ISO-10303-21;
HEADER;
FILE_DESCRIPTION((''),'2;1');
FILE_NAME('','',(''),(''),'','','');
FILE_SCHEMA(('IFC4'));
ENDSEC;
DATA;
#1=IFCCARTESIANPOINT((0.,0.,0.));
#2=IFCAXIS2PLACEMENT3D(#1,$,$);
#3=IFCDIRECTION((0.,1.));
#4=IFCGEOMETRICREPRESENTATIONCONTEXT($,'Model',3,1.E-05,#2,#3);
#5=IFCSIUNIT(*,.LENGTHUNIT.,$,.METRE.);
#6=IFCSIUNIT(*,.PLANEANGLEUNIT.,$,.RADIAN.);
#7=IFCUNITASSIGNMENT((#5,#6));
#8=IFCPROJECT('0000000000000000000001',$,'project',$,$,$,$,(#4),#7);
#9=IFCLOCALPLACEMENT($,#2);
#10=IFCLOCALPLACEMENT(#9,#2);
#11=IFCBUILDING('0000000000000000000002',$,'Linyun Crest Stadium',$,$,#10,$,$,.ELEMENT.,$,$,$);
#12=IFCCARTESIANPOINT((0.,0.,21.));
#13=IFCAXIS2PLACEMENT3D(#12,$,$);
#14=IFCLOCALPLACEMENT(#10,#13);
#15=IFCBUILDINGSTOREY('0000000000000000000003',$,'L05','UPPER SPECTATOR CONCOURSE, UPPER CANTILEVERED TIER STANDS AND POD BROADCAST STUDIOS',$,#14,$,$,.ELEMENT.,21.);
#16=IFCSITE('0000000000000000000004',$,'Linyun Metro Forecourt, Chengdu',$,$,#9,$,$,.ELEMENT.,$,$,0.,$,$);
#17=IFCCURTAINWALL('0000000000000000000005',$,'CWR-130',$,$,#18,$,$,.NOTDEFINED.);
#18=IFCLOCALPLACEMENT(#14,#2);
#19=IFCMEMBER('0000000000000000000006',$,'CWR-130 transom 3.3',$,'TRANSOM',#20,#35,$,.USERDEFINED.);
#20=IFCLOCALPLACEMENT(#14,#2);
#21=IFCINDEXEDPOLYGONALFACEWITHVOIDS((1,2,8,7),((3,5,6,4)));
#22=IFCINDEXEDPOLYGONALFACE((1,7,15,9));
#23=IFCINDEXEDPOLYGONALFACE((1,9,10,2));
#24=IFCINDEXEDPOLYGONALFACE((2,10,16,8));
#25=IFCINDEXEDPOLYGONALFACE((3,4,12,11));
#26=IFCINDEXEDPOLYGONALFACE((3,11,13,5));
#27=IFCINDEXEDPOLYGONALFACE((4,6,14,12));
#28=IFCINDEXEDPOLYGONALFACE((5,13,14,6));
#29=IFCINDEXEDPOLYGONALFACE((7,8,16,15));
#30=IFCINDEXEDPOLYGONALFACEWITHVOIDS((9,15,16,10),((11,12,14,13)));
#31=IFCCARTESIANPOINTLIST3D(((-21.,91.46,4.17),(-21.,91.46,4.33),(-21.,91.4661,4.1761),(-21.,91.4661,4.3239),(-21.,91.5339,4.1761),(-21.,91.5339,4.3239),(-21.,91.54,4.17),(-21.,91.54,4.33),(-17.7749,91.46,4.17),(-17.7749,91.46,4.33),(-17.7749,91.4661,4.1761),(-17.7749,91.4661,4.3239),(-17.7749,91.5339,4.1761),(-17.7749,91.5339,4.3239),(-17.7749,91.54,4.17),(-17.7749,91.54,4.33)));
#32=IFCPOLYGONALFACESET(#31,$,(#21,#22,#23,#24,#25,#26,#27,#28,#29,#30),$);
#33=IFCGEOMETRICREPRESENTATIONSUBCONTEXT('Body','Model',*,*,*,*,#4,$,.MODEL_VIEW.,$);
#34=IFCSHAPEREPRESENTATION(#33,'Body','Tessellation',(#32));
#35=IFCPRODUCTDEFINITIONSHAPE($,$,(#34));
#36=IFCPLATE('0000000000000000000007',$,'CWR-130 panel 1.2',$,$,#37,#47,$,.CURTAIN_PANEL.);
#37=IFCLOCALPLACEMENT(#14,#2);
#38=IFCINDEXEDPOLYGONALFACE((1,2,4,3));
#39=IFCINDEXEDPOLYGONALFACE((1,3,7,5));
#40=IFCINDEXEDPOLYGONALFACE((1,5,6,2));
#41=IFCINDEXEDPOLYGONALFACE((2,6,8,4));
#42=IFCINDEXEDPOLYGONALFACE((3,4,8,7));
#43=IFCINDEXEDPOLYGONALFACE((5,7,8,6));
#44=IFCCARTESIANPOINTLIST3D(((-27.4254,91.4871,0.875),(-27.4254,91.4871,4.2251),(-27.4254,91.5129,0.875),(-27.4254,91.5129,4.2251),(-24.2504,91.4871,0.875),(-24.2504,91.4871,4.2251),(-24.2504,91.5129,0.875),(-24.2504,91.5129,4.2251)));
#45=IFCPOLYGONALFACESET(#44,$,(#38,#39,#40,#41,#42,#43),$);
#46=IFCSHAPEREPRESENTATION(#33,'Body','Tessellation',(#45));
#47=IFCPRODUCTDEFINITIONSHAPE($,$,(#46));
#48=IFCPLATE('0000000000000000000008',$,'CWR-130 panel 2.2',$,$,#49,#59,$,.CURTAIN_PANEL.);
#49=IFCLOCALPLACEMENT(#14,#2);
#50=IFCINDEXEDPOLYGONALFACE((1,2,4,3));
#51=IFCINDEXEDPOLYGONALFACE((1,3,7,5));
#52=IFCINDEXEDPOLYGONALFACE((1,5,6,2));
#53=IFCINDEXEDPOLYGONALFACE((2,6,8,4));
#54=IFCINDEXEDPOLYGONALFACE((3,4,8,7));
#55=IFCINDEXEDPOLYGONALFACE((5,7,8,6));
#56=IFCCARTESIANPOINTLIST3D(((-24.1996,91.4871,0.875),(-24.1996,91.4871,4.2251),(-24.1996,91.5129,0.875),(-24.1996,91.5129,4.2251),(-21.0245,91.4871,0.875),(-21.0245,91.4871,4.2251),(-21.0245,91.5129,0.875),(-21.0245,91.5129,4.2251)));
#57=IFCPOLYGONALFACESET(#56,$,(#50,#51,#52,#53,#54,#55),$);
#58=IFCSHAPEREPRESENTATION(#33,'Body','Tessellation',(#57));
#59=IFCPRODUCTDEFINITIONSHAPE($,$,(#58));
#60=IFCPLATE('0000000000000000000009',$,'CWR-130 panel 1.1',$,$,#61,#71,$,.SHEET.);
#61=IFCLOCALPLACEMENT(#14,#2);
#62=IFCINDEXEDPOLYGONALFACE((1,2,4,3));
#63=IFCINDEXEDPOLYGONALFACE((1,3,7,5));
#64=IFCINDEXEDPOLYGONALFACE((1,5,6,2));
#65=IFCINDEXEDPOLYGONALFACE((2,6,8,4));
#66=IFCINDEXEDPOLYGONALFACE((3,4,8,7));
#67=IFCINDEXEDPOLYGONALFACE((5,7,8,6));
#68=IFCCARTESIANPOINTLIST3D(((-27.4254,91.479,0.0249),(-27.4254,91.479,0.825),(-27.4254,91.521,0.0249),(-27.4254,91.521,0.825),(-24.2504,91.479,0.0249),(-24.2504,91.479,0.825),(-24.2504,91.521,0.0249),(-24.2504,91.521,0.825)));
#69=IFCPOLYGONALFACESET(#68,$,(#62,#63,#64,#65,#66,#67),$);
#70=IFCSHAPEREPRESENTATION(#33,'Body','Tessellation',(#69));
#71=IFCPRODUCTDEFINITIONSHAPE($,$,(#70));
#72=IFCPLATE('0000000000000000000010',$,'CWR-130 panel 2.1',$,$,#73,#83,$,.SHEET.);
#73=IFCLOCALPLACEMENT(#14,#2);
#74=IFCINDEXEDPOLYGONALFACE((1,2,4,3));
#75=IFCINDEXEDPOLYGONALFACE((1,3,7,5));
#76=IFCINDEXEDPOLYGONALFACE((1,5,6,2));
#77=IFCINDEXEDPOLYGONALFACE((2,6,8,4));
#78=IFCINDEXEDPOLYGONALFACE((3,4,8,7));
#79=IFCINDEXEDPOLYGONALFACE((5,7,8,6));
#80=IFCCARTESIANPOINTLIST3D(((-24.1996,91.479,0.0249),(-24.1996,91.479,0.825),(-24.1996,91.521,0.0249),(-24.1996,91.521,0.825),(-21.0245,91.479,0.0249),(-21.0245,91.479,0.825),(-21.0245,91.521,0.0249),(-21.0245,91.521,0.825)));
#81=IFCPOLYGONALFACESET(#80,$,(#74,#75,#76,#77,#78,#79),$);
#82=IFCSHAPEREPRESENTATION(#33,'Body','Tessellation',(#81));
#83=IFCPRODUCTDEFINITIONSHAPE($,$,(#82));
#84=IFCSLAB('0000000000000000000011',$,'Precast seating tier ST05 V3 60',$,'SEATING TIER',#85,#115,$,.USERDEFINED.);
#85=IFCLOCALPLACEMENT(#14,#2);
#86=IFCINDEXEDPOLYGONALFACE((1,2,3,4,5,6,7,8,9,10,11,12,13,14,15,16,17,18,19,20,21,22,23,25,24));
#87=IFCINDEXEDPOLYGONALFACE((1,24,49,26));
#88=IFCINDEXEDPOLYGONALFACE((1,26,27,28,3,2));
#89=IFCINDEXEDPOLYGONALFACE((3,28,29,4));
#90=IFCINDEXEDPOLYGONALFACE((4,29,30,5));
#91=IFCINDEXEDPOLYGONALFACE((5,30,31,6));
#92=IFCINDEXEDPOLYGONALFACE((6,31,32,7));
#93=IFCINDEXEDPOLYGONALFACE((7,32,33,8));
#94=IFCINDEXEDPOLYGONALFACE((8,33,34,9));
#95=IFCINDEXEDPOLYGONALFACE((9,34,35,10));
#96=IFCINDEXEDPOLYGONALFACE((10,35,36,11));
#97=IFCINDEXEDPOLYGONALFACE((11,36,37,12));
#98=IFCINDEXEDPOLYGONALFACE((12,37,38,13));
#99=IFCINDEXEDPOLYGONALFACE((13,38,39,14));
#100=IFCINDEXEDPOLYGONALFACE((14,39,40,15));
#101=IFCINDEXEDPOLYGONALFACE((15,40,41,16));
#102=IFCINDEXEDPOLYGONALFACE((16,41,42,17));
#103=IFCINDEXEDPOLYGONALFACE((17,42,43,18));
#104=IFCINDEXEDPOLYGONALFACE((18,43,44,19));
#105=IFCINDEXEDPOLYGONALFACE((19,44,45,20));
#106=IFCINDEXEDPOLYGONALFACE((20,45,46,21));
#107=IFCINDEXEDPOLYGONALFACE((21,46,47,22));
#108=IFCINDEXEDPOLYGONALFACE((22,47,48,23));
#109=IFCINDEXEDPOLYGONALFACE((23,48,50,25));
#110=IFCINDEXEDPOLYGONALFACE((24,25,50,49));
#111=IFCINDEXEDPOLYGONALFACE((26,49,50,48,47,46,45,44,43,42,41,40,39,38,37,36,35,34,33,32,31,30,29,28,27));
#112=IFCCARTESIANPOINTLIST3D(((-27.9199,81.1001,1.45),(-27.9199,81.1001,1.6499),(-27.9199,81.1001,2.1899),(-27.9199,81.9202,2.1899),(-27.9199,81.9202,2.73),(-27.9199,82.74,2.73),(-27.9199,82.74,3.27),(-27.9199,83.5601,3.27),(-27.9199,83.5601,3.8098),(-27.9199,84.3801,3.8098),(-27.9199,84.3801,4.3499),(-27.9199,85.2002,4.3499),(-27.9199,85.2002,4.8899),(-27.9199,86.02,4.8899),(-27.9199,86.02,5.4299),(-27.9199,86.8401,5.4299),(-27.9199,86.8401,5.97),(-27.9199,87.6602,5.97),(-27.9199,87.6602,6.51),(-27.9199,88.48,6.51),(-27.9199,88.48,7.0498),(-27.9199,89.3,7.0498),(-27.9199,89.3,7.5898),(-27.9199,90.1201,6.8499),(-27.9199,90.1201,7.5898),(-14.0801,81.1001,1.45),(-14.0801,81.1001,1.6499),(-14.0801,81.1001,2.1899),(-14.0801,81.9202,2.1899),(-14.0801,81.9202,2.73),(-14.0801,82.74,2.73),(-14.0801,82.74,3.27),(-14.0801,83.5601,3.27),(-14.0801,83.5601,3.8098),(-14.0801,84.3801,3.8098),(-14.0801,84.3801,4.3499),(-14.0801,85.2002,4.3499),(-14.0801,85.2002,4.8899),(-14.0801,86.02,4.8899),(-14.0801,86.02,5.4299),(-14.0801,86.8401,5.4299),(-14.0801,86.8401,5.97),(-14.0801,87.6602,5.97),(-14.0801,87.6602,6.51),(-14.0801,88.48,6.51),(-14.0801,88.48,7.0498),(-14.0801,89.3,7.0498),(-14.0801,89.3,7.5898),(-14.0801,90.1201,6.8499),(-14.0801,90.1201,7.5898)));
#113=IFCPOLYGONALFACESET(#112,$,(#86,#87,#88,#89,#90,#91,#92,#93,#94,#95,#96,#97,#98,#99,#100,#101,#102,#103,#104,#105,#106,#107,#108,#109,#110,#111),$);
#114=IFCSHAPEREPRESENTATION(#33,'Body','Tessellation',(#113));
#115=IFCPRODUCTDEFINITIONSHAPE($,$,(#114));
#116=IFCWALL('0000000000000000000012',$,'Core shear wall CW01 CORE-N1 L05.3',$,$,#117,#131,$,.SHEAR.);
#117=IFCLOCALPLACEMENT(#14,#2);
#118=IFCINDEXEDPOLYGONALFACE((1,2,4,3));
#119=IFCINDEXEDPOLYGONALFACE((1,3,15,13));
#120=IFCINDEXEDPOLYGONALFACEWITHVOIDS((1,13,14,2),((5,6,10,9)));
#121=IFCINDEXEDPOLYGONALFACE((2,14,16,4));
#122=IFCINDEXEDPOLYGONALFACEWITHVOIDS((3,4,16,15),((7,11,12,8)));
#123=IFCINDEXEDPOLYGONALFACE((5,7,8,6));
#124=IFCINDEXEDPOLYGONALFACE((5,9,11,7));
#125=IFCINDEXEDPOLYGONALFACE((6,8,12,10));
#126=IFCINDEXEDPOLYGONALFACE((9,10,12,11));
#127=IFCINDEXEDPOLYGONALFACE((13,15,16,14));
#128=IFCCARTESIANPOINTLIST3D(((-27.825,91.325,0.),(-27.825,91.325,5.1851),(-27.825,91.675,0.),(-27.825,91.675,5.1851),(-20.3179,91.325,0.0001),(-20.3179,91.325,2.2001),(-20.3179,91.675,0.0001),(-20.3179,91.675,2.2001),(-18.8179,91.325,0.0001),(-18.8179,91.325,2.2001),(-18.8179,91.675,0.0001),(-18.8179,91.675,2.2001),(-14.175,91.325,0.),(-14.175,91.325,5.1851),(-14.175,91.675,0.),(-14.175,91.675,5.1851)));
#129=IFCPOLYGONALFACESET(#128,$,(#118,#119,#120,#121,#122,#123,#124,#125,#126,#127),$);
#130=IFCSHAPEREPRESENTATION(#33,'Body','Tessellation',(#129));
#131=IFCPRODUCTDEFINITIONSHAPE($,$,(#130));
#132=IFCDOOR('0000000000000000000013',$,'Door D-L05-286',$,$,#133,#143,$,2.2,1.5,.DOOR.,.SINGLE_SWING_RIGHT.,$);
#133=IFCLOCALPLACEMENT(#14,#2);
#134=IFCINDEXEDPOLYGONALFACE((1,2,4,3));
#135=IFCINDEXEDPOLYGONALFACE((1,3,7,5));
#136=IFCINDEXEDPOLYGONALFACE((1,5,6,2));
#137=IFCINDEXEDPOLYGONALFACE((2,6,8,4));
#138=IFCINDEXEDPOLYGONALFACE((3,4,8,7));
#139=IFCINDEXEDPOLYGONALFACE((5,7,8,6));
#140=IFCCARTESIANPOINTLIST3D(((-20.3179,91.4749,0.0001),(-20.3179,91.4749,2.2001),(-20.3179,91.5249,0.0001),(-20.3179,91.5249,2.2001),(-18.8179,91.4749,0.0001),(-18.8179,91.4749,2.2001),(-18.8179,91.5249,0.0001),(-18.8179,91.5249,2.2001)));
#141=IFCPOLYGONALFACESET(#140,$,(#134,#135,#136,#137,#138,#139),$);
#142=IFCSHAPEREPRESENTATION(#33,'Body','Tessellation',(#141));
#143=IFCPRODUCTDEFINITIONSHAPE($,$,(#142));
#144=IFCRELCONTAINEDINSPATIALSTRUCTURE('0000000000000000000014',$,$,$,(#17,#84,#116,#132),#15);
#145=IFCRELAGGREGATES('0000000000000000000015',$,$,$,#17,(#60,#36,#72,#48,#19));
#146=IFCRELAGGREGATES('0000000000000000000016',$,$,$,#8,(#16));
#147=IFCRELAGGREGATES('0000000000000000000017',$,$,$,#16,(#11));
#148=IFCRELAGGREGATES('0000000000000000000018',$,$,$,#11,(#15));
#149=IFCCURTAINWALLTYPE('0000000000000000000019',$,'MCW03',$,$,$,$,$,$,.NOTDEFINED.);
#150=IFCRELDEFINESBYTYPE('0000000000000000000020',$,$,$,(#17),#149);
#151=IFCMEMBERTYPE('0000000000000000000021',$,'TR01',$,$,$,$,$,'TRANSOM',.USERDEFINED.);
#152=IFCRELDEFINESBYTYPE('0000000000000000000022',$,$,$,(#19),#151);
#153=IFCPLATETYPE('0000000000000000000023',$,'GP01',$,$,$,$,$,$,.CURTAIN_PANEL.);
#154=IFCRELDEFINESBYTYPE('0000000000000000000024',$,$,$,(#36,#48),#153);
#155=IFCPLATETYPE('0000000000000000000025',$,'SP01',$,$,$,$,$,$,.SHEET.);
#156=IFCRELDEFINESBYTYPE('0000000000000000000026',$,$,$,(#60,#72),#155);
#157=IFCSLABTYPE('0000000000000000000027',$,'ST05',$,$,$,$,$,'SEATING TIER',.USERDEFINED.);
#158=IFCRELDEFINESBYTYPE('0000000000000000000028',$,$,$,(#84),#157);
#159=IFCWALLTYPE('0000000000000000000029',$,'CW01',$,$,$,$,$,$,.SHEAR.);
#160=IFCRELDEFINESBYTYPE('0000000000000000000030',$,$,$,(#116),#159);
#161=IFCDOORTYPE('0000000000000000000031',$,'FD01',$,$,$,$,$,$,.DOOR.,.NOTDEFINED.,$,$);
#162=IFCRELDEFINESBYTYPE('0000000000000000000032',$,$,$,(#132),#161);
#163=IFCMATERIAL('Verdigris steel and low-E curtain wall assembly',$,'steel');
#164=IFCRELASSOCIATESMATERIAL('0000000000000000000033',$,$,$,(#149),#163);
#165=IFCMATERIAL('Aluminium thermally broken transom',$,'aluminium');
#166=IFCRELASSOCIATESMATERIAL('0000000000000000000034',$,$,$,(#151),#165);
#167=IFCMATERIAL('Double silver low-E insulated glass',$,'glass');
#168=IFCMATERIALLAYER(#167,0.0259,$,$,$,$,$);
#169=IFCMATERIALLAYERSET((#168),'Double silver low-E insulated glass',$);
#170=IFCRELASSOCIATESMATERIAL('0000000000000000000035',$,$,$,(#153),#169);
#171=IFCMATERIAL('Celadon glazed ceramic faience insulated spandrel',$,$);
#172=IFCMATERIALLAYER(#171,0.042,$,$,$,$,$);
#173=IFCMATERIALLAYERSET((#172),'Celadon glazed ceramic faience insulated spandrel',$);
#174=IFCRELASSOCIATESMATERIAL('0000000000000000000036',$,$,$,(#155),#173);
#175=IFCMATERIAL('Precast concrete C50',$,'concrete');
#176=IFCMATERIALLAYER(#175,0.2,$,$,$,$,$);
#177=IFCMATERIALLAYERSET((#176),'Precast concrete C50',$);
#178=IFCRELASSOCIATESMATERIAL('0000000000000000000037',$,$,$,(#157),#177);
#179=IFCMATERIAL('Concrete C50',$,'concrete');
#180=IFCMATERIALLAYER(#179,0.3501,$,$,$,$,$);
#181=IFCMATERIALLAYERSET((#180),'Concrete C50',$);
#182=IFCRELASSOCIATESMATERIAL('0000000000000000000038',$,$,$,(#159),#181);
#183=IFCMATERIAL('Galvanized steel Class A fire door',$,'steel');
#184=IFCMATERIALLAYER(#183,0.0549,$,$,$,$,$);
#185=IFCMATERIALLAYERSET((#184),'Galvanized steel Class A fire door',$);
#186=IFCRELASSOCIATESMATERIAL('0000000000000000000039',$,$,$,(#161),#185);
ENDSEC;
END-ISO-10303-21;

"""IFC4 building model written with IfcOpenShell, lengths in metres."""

from ifc_helpers import new_model, si_unit, direction, frame, frame_2d, origin, origin_2d, place, context, subcontext, project, spatial, polyline, rectangle, hollow_rectangle, outline, extrude, material, layer, layer_set, material_profile, profile_set, type_object, element, fill, aggregate, save


model = new_model("IFC4")

# Units and contexts
model_context = context("Model", 3, precision=1e-05, world=origin(), true_north=direction((0.0, 1.0)))
body_context = subcontext(model_context, "Body", "Model", "MODEL_VIEW")
ifc_project = project(units=[si_unit("LENGTHUNIT", "METRE"), si_unit("PLANEANGLEUNIT", "RADIAN")], contexts=[model_context])

# Site, building, storey
site_placement = place(None, origin())
site = spatial("IfcSite", under=ifc_project, at=site_placement, Name="Linyun Metro Forecourt, Chengdu", CompositionType="ELEMENT", RefElevation=0.0)
building_placement = place(site_placement, origin())
building = spatial("IfcBuilding", under=site, at=building_placement, Name="Linyun Crest Stadium", CompositionType="ELEMENT")
storey_placement = place(building_placement, frame((0.0, 0.0, 21.0)))
storey = spatial("IfcBuildingStorey", under=building, at=storey_placement, Name="L05", Description="UPPER SPECTATOR CONCOURSE, UPPER CANTILEVERED TIER STANDS AND POD BROADCAST STUDIOS", CompositionType="ELEMENT", Elevation=21.0)

# Curtain wall
ifc_material_1 = material(Name="Verdigris steel and low-E curtain wall assembly", Category="steel")
curtain_wall_type = type_object("IfcCurtainWallType", Name="MCW03", PredefinedType="NOTDEFINED", material=ifc_material_1)
curtain_wall_placement = place(storey_placement, origin())
curtain_wall = element("IfcCurtainWall", 1, at=curtain_wall_placement, inside=storey, type_object=curtain_wall_type, Name="CWR-130", PredefinedType="NOTDEFINED")

# Member
ifc_material_2 = material(Name="Aluminium thermally broken transom", Category="aluminium")
ifc_material_profile_1 = material_profile(ifc_material_2, hollow_rectangle(XDim=0.0801, YDim=0.1599, WallThickness=0.0061, at=origin_2d()), Name="RHS 160x80x6")
ifc_profile_set_1 = profile_set([ifc_material_profile_1], Name="Aluminium thermally broken transom")
member_type_1 = type_object("IfcMemberType", Name="TR01", ElementType="TRANSOM", PredefinedType="USERDEFINED", material=ifc_profile_set_1)
member_1_placement = place(storey_placement, frame((-21.0, 91.5, 4.25), z_axis=(1.0, 0.0, 0.0), x_axis=(0.0, 1.0, 0.0)))
member_1 = element("IfcMember", 2, at=member_1_placement, type_object=member_type_1, Name="CWR-130 transom 3.3", ObjectType="TRANSOM", PredefinedType="USERDEFINED", context=body_context, shape_type="SweptSolid", body=[
    extrude(hollow_rectangle(XDim=0.0801, YDim=0.1599, WallThickness=0.0061, at=origin_2d()), origin(), (0.0, 0.0, 1.0), 3.2251),
])

# Plates
ifc_material_3 = material(Name="Double silver low-E insulated glass", Category="glass")
ifc_layer_1 = layer(ifc_material_3, 0.0259)
ifc_layer_set_1 = layer_set([ifc_layer_1], Name="Double silver low-E insulated glass")
plate_type_1 = type_object("IfcPlateType", Name="GP01", PredefinedType="CURTAIN_PANEL", material=ifc_layer_set_1)
plate_1_placement = place(storey_placement, frame((-25.8379, 91.5, 0.875), z_axis=(0.0, 0.0, 1.0), x_axis=(1.0, 0.0, 0.0)))
plate_1 = element("IfcPlate", 3, at=plate_1_placement, type_object=plate_type_1, Name="CWR-130 panel 1.2", PredefinedType="CURTAIN_PANEL", context=body_context, shape_type="SweptSolid", body=[
    extrude(rectangle(XDim=3.175, YDim=0.0259, at=origin_2d()), origin(), (0.0, 0.0, 1.0), 3.3501),
])
plate_2_placement = place(storey_placement, frame((-22.6121, 91.5, 0.875), z_axis=(0.0, 0.0, 1.0), x_axis=(1.0, 0.0, 0.0)))
plate_2 = element("IfcPlate", 4, at=plate_2_placement, type_object=plate_type_1, Name="CWR-130 panel 2.2", PredefinedType="CURTAIN_PANEL", context=body_context, shape_type="SweptSolid", body=[
    extrude(rectangle(XDim=3.175, YDim=0.0259, at=origin_2d()), origin(), (0.0, 0.0, 1.0), 3.3501),
])
ifc_material_4 = material(Name="Celadon glazed ceramic faience insulated spandrel")
ifc_layer_2 = layer(ifc_material_4, 0.042)
ifc_layer_set_2 = layer_set([ifc_layer_2], Name="Celadon glazed ceramic faience insulated spandrel")
plate_type_2 = type_object("IfcPlateType", Name="SP01", PredefinedType="SHEET", material=ifc_layer_set_2)
plate_3_placement = place(storey_placement, frame((-25.8379, 91.5, 0.0249), z_axis=(0.0, 0.0, 1.0), x_axis=(1.0, 0.0, 0.0)))
plate_3 = element("IfcPlate", 5, at=plate_3_placement, type_object=plate_type_2, Name="CWR-130 panel 1.1", PredefinedType="SHEET", context=body_context, shape_type="SweptSolid", body=[
    extrude(rectangle(XDim=3.175, YDim=0.042, at=origin_2d()), origin(), (0.0, 0.0, 1.0), 0.8),
])
plate_4_placement = place(storey_placement, frame((-22.6121, 91.5, 0.0249), z_axis=(0.0, 0.0, 1.0), x_axis=(1.0, 0.0, 0.0)))
plate_4 = element("IfcPlate", 6, at=plate_4_placement, type_object=plate_type_2, Name="CWR-130 panel 2.1", PredefinedType="SHEET", context=body_context, shape_type="SweptSolid", body=[
    extrude(rectangle(XDim=3.175, YDim=0.042, at=origin_2d()), origin(), (0.0, 0.0, 1.0), 0.8),
])
aggregate(curtain_wall, [plate_3, plate_1, plate_4, plate_2, member_1])

# Slab
ifc_material_5 = material(Name="Precast concrete C50", Category="concrete")
ifc_layer_3 = layer(ifc_material_5, 0.2)
ifc_layer_set_3 = layer_set([ifc_layer_3], Name="Precast concrete C50")
slab_type = type_object("IfcSlabType", Name="ST05", ElementType="SEATING TIER", PredefinedType="USERDEFINED", material=ifc_layer_set_3)
slab_placement = place(storey_placement, frame((-27.9199, 81.1001, 1.6499), z_axis=(0.0, 0.0, 1.0), x_axis=(0.0, 1.0, 0.0)))
element("IfcSlab", 7, at=slab_placement, inside=storey, type_object=slab_type, Name="Precast seating tier ST05 V3 60", ObjectType="SEATING TIER", PredefinedType="USERDEFINED", context=body_context, shape_type="SweptSolid", body=[
    extrude(outline(polyline([(0.0, 0.0), (0.0, 0.54), (0.8201, 0.54), (0.8201, 1.0801), (1.6399, 1.0801), (1.6399, 1.6201), (2.46, 1.6201), (2.46, 2.1599), (3.28, 2.1599), (3.28, 2.7), (4.1001, 2.7), (4.1001, 3.24), (4.9199, 3.24), (4.9199, 3.78), (5.74, 3.78), (5.74, 4.3201), (6.5601, 4.3201), (6.5601, 4.8601), (7.3799, 4.8601), (7.3799, 5.3999), (8.2, 5.3999), (8.2, 5.9399), (9.02, 5.9399), (9.02, 5.2), (0.0, -0.2), (0.0, 0.0)])), frame((0.0, 0.0, 0.0), z_axis=(0.0, -1.0, 0.0), x_axis=(1.0, 0.0, 0.0)), (0.0, 0.0, 1.0), 13.8398),
])

# Wall, opening, door
ifc_material_6 = material(Name="Concrete C50", Category="concrete")
ifc_layer_4 = layer(ifc_material_6, 0.3501)
ifc_layer_set_4 = layer_set([ifc_layer_4], Name="Concrete C50")
wall_type = type_object("IfcWallType", Name="CW01", PredefinedType="SHEAR", material=ifc_layer_set_4)
wall_placement = place(storey_placement, frame((-27.825, 91.5, 0.0), z_axis=(0.0, 0.0, 1.0), x_axis=(1.0, 0.0, 0.0)))
wall = element("IfcWall", 8, at=wall_placement, inside=storey, type_object=wall_type, Name="Core shear wall CW01 CORE-N1 L05.3", PredefinedType="SHEAR", context=body_context, shape_type="SweptSolid", body=[
    extrude(rectangle(XDim=13.6499, YDim=0.3501, at=frame_2d((6.825, 0.0))), origin(), (0.0, 0.0, 1.0), 5.1851),
])
opening_placement = place(wall_placement, frame((7.5071, 0.0, 0.0)))
opening = element("IfcOpeningElement", 9, at=opening_placement, cuts=wall, PredefinedType="OPENING", context=body_context, shape_type="SweptSolid", body=[
    extrude(rectangle(XDim=1.5, YDim=2.2, at=frame_2d((0.75, 1.1001))), frame((0.0, 0.1851, 0.0), z_axis=(0.0, -1.0, 0.0), x_axis=(1.0, 0.0, 0.0)), (0.0, 0.0, 1.0), 0.3701),
])
ifc_material_7 = material(Name="Galvanized steel Class A fire door", Category="steel")
ifc_layer_5 = layer(ifc_material_7, 0.0549)
ifc_layer_set_5 = layer_set([ifc_layer_5], Name="Galvanized steel Class A fire door")
door_type = type_object("IfcDoorType", Name="FD01", OperationType="NOTDEFINED", PredefinedType="DOOR", material=ifc_layer_set_5)
door_placement = place(opening_placement, origin())
door = element("IfcDoor", 10, at=door_placement, inside=storey, type_object=door_type, Name="Door D-L05-286", OperationType="SINGLE_SWING_RIGHT", OverallHeight=2.2, OverallWidth=1.5, PredefinedType="DOOR", context=body_context, shape_type="SweptSolid", body=[
    extrude(rectangle(XDim=1.5, YDim=2.2, at=frame_2d((0.75, 1.1001))), frame((0.0, 0.0249, 0.0), z_axis=(0.0, -1.0, 0.0), x_axis=(1.0, 0.0, 0.0)), (0.0, 0.0, 1.0), 0.05),
])
fill(opening, door)

save(model, "model.ifc")
